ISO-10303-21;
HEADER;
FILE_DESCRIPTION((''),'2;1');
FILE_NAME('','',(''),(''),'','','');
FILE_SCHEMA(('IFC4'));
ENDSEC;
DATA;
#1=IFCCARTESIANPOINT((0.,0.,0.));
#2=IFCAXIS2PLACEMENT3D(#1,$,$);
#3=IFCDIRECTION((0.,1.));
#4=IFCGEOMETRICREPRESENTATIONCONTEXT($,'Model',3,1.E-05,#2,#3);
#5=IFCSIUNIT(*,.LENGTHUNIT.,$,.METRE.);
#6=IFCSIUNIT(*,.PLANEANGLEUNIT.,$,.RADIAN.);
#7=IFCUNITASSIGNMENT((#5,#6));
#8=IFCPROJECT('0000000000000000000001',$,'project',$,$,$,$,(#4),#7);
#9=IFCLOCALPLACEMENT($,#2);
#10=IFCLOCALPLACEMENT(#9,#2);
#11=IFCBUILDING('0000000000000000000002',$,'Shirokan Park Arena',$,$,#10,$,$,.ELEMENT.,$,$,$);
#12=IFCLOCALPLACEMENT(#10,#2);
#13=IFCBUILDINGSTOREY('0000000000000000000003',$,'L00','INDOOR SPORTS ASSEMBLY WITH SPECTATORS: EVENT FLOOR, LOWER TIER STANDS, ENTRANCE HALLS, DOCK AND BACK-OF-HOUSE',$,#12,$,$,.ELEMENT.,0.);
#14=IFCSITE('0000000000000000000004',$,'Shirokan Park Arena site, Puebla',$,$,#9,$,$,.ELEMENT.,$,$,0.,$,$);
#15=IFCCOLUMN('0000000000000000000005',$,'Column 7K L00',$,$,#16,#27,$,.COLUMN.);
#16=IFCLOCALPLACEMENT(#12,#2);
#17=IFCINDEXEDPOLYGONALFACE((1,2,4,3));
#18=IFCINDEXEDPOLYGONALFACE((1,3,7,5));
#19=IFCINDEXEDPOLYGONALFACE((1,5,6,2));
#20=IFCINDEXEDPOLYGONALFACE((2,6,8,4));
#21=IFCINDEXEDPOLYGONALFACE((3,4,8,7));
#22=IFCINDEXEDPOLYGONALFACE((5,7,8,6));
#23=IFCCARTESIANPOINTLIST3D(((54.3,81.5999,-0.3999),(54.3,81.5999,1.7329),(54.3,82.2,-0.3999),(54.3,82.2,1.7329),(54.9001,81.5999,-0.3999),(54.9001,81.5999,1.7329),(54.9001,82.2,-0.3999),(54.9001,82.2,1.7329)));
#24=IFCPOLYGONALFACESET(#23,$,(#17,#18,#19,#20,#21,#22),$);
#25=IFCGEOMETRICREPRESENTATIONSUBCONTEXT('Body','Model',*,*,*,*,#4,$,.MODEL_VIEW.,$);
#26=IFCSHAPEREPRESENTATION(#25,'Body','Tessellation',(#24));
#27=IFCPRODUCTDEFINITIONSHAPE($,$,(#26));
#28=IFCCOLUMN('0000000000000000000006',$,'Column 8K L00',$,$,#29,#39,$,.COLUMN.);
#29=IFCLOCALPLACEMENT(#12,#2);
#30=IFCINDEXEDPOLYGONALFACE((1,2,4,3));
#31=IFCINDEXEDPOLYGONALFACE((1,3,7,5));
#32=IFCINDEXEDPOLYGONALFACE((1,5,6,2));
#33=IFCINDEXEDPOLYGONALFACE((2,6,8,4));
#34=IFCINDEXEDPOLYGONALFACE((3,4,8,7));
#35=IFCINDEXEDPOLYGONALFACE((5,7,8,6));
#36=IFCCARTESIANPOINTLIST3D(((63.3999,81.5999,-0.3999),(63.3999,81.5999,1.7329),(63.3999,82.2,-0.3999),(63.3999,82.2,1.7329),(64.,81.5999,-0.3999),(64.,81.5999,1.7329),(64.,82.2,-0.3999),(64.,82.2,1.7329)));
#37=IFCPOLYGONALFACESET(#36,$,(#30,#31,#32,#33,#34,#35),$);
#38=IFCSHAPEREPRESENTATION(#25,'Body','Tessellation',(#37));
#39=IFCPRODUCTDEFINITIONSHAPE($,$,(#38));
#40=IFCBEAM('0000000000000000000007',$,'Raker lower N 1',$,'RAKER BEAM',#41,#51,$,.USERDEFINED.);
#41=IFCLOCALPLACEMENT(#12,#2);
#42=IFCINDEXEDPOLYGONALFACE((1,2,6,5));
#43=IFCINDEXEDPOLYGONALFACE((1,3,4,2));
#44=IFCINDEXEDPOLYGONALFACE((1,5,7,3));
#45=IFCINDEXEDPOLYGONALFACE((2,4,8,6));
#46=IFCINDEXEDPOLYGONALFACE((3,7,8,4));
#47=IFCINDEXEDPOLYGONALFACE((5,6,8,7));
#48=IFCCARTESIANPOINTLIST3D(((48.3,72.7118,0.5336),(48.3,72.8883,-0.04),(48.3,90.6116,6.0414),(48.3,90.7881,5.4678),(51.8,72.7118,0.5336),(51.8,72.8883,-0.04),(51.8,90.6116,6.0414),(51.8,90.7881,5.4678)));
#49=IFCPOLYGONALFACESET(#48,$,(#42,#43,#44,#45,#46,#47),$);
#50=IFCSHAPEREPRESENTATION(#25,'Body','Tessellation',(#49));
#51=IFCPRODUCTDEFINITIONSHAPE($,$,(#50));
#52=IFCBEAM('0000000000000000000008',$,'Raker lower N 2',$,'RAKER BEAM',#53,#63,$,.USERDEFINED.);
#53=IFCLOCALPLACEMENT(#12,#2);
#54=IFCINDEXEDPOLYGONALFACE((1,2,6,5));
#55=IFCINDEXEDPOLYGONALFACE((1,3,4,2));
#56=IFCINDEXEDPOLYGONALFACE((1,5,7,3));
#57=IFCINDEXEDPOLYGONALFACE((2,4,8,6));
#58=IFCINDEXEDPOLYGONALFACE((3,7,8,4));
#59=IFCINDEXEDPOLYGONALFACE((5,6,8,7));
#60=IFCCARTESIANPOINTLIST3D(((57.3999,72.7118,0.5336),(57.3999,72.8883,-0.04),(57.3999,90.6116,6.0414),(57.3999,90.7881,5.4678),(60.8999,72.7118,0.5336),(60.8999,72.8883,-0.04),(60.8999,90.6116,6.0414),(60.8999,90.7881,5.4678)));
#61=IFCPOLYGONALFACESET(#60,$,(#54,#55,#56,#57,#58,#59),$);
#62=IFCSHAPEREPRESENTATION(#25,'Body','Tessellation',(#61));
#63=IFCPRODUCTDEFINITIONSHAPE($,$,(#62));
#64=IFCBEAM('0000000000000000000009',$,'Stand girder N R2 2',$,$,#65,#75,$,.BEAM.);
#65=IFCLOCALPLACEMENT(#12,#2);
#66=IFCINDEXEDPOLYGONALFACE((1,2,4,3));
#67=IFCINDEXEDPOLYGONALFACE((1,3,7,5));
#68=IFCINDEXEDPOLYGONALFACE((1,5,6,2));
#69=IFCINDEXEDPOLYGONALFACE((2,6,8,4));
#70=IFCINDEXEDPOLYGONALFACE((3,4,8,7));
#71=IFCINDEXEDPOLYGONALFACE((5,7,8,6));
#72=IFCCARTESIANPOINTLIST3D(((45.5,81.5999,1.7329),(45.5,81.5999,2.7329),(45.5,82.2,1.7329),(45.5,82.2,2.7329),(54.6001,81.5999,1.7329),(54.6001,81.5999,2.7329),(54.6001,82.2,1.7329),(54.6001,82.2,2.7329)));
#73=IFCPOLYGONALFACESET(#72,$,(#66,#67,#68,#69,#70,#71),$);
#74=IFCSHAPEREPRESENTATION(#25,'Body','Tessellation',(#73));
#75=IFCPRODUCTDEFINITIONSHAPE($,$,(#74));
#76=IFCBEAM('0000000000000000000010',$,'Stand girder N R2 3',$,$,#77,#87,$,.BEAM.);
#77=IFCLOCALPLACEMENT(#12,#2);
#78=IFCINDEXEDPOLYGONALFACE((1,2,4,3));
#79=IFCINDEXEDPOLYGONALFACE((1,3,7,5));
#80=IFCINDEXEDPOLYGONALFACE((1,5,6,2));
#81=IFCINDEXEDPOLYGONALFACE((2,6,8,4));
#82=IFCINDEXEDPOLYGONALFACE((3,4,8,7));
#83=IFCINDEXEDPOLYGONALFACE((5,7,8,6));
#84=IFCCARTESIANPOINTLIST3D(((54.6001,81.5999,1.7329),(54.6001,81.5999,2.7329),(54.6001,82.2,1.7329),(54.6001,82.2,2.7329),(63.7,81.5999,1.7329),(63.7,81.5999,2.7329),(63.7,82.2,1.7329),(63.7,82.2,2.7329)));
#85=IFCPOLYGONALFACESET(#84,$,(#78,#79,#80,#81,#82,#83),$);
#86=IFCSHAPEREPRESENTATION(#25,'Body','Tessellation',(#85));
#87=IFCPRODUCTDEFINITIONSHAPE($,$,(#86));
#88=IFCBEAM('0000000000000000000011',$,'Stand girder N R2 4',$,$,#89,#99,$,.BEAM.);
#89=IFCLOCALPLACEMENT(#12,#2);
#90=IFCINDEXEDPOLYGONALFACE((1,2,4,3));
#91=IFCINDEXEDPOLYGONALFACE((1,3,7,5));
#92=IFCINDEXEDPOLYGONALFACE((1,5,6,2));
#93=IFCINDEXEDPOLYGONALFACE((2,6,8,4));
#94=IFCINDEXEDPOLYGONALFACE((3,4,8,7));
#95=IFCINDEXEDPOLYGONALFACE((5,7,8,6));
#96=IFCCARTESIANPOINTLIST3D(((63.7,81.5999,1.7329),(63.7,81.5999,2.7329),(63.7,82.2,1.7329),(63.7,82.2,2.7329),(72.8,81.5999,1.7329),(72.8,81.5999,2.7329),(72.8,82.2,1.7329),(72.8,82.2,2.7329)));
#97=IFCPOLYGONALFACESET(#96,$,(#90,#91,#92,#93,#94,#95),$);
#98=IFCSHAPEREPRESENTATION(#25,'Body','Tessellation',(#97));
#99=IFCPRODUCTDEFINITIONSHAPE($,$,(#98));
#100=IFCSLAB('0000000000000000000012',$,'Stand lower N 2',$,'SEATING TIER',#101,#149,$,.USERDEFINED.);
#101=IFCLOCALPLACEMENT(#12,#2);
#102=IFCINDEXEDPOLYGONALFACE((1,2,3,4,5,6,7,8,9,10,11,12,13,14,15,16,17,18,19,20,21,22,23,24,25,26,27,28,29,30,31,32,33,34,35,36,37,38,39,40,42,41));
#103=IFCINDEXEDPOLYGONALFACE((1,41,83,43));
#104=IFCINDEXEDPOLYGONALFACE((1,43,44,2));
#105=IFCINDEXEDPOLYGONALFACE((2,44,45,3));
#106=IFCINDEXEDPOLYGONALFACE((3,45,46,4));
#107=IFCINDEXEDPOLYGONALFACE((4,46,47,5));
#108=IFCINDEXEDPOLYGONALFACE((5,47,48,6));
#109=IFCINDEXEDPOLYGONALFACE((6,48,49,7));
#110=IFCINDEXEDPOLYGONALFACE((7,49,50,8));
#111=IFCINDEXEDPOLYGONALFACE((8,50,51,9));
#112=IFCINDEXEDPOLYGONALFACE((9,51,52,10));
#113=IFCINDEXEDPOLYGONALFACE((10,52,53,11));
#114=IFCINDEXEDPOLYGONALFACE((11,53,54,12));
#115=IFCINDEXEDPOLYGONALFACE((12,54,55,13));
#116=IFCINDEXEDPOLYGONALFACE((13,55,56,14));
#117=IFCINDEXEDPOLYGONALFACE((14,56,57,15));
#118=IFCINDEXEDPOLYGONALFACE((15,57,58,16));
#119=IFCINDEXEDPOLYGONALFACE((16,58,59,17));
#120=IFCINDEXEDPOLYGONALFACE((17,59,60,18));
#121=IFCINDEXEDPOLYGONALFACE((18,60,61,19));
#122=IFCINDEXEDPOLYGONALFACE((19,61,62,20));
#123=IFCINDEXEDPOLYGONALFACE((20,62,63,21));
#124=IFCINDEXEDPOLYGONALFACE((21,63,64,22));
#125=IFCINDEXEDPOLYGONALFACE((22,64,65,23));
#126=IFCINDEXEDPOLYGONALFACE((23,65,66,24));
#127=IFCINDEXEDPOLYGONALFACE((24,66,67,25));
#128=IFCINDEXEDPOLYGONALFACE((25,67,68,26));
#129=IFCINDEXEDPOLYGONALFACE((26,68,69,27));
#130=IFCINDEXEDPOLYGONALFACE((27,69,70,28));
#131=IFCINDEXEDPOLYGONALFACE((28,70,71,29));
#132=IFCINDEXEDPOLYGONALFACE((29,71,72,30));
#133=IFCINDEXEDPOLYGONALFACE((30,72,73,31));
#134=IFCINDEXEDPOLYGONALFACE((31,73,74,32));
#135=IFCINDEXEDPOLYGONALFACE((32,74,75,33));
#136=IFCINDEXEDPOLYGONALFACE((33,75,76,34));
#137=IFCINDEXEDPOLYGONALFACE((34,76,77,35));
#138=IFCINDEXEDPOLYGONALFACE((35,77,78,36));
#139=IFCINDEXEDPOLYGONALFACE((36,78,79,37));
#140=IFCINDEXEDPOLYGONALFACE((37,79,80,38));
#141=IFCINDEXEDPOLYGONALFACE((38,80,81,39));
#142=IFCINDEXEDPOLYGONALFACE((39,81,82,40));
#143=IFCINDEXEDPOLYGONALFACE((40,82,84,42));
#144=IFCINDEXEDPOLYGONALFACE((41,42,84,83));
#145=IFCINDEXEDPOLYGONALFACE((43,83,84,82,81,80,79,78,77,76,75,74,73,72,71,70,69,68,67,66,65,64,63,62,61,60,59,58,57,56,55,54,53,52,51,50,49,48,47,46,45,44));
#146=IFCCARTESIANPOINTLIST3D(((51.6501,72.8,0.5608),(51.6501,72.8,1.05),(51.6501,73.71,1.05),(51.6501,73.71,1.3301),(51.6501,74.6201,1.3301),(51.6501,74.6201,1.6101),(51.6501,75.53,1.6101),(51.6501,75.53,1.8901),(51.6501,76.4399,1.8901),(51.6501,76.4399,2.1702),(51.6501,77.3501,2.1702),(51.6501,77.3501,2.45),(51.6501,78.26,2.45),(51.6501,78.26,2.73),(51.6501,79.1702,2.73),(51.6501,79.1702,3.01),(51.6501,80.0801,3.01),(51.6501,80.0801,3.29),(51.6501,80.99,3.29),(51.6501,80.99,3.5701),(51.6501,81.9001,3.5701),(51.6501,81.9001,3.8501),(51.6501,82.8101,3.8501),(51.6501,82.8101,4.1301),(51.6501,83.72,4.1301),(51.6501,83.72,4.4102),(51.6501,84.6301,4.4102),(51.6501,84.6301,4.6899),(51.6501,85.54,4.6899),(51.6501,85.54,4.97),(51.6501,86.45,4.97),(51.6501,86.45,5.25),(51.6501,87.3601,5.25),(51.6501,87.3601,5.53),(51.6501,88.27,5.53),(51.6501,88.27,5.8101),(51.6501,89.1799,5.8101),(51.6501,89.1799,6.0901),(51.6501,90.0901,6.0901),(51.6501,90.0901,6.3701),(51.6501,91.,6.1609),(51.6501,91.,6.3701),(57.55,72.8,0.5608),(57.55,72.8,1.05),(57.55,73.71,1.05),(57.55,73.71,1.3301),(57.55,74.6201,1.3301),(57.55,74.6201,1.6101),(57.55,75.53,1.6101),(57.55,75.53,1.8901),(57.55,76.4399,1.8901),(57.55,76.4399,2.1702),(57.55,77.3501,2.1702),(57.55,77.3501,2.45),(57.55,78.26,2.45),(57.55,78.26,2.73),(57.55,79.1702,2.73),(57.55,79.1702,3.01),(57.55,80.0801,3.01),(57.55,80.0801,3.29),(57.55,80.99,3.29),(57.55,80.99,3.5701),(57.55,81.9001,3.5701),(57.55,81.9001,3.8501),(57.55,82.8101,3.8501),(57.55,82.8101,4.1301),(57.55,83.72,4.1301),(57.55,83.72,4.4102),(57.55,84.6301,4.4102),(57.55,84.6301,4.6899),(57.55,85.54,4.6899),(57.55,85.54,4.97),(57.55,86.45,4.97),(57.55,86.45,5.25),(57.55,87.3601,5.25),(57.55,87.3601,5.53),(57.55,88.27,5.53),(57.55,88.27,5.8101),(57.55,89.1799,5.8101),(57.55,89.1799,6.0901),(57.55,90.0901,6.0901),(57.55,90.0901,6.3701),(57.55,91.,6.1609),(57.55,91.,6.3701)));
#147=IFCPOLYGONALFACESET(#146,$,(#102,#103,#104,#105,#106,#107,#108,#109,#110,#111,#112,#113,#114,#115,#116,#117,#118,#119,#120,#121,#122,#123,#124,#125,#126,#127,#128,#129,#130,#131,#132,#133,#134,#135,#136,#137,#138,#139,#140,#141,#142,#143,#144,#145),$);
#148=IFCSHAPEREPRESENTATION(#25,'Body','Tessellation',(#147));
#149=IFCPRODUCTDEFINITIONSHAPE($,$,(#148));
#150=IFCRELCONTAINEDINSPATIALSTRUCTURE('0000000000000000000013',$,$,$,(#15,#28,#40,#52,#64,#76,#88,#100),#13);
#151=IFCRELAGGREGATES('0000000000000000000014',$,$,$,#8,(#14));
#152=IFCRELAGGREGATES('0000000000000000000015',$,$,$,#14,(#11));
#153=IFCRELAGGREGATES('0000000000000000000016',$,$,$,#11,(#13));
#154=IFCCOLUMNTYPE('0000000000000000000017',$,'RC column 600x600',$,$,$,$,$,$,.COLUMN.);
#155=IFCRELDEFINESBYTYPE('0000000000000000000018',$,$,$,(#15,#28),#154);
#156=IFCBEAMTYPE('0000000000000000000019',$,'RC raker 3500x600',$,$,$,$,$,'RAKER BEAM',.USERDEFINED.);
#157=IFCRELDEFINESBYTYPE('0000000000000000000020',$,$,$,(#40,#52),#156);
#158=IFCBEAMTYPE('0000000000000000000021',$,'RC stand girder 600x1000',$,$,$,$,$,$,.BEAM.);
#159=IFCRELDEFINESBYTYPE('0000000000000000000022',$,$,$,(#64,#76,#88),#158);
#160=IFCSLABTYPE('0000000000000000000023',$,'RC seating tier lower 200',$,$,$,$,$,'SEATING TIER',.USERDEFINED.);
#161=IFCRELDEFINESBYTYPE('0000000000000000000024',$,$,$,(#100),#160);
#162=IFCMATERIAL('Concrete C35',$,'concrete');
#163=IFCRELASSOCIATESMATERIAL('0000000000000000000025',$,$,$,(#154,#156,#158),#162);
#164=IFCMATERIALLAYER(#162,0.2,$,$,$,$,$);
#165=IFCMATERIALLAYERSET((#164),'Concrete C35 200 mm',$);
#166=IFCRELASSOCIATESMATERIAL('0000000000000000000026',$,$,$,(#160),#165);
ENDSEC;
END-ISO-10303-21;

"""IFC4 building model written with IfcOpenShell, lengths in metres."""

from ifc_helpers import new_model, si_unit, direction, frame, origin, origin_2d, place, context, subcontext, project, spatial, polyline, rectangle, outline, extrude, material, layer, layer_set, material_profile, profile_set, type_object, element, save


model = new_model("IFC4")

# Units and contexts
model_context = context("Model", 3, precision=1e-05, world=origin(), true_north=direction((0.0, 1.0)))
body_context = subcontext(model_context, "Body", "Model", "MODEL_VIEW")
ifc_project = project(units=[si_unit("LENGTHUNIT", "METRE"), si_unit("PLANEANGLEUNIT", "RADIAN")], contexts=[model_context])

# Site, building, storey
site_placement = place(None, origin())
site = spatial("IfcSite", under=ifc_project, at=site_placement, Name="Shirokan Park Arena site, Puebla", CompositionType="ELEMENT", RefElevation=0.0)
building_placement = place(site_placement, origin())
building = spatial("IfcBuilding", under=site, at=building_placement, Name="Shirokan Park Arena", CompositionType="ELEMENT")
storey_placement = place(building_placement, origin())
storey = spatial("IfcBuildingStorey", under=building, at=storey_placement, Name="L00", Description="INDOOR SPORTS ASSEMBLY WITH SPECTATORS: EVENT FLOOR, LOWER TIER STANDS, ENTRANCE HALLS, DOCK AND BACK-OF-HOUSE", CompositionType="ELEMENT", Elevation=0.0)

# Columns
ifc_material_1 = material(Name="Concrete C35", Category="concrete")
ifc_material_profile_1 = material_profile(ifc_material_1, rectangle(XDim=0.6001, YDim=0.6001, at=origin_2d()), Name="600x600")
ifc_profile_set_1 = profile_set([ifc_material_profile_1], Name="Concrete C35")
column_type = type_object("IfcColumnType", Name="RC column 600x600", PredefinedType="COLUMN", material=ifc_profile_set_1)
for number, where, z_axis, x_axis, name in (
    (1, (54.6001, 81.8999, -0.3999), (0.0, 0.0, 1.0), (1.0, 0.0, 0.0), "Column 7K L00"),
    (2, (63.7, 81.8999, -0.3999), (0.0, 0.0, 1.0), (1.0, 0.0, 0.0), "Column 8K L00"),
):
    element("IfcColumn", number, at=place(storey_placement, frame(where, z_axis=z_axis, x_axis=x_axis)), inside=storey, type_object=column_type, Name=name, PredefinedType="COLUMN", context=body_context, shape_type="SweptSolid", body=[
        extrude(rectangle(XDim=0.6001, YDim=0.6001, at=origin_2d()), origin(), (0.0, 0.0, 1.0), 2.1328),
    ])

# Beams
ifc_material_profile_2 = material_profile(ifc_material_1, rectangle(XDim=3.5, YDim=0.6001, at=origin_2d()), Name="3500x600")
ifc_profile_set_2 = profile_set([ifc_material_profile_2], Name="Concrete C35")
beam_type_1 = type_object("IfcBeamType", Name="RC raker 3500x600", ElementType="RAKER BEAM", PredefinedType="USERDEFINED", material=ifc_profile_set_2)
for number, where, z_axis, x_axis, name in (
    (3, (50.05, 72.8, 0.2468), (0.0, 0.955777, 0.294093), (-1.0, 0.0, 0.0), "Raker lower N 1"),
    (4, (59.1499, 72.8, 0.2468), (0.0, 0.955777, 0.294093), (-1.0, 0.0, 0.0), "Raker lower N 2"),
):
    element("IfcBeam", number, at=place(storey_placement, frame(where, z_axis=z_axis, x_axis=x_axis)), inside=storey, type_object=beam_type_1, Name=name, ObjectType="RAKER BEAM", PredefinedType="USERDEFINED", context=body_context, shape_type="SweptSolid", body=[
        extrude(rectangle(XDim=3.5, YDim=0.6001, at=origin_2d()), origin(), (0.0, 0.0, 1.0), 18.728),
    ])
ifc_material_profile_3 = material_profile(ifc_material_1, rectangle(XDim=0.6001, YDim=1.0, at=origin_2d()), Name="600x1000")
ifc_profile_set_3 = profile_set([ifc_material_profile_3], Name="Concrete C35")
beam_type_2 = type_object("IfcBeamType", Name="RC stand girder 600x1000", PredefinedType="BEAM", material=ifc_profile_set_3)
beam_1_placement = place(storey_placement, frame((45.5, 81.8999, 2.2329), z_axis=(1.0, 0.0, 0.0), x_axis=(0.0, 1.0, 0.0)))
element("IfcBeam", 5, at=beam_1_placement, inside=storey, type_object=beam_type_2, Name="Stand girder N R2 2", PredefinedType="BEAM", context=body_context, shape_type="SweptSolid", body=[
    extrude(rectangle(XDim=0.6001, YDim=1.0, at=origin_2d()), origin(), (0.0, 0.0, 1.0), 9.1001),
])
beam_2_placement = place(storey_placement, frame((54.6001, 81.8999, 2.2329), z_axis=(1.0, 0.0, 0.0), x_axis=(0.0, 1.0, 0.0)))
element("IfcBeam", 6, at=beam_2_placement, inside=storey, type_object=beam_type_2, Name="Stand girder N R2 3", PredefinedType="BEAM", context=body_context, shape_type="SweptSolid", body=[
    extrude(rectangle(XDim=0.6001, YDim=1.0, at=origin_2d()), origin(), (0.0, 0.0, 1.0), 9.0999),
])
beam_3_placement = place(storey_placement, frame((63.7, 81.8999, 2.2329), z_axis=(1.0, 0.0, 0.0), x_axis=(0.0, 1.0, 0.0)))
element("IfcBeam", 7, at=beam_3_placement, inside=storey, type_object=beam_type_2, Name="Stand girder N R2 4", PredefinedType="BEAM", context=body_context, shape_type="SweptSolid", body=[
    extrude(rectangle(XDim=0.6001, YDim=1.0, at=origin_2d()), origin(), (0.0, 0.0, 1.0), 9.1001),
])

# Slab
ifc_layer = layer(ifc_material_1, 0.2)
ifc_layer_set = layer_set([ifc_layer], Name="Concrete C35 200 mm")
slab_type = type_object("IfcSlabType", Name="RC seating tier lower 200", ElementType="SEATING TIER", PredefinedType="USERDEFINED", material=ifc_layer_set)
for number, where, z_axis, x_axis, name in (
    (8, (54.6001, 72.8, 1.05), (0.0, 0.0, 1.0), (0.0, 1.0, 0.0), "Stand lower N 2"),
):
    element("IfcSlab", number, at=place(storey_placement, frame(where, z_axis=z_axis, x_axis=x_axis)), inside=storey, type_object=slab_type, Name=name, ObjectType="SEATING TIER", PredefinedType="USERDEFINED", context=body_context, shape_type="SweptSolid", body=[
        extrude(outline(polyline([(0.0, 0.0), (0.9099, 0.0), (0.9099, 0.28), (1.8201, 0.28), (1.8201, 0.5601), (2.73, 0.5601), (2.73, 0.8401), (3.6399, 0.8401), (3.6399, 1.1201), (4.55, 1.1201), (4.55, 1.3999), (5.46, 1.3999), (5.46, 1.6799), (6.3701, 1.6799), (6.3701, 1.96), (7.28, 1.96), (7.28, 2.24), (8.1899, 2.24), (8.1899, 2.52), (9.1001, 2.52), (9.1001, 2.8), (10.01, 2.8), (10.01, 3.0801), (10.9199, 3.0801), (10.9199, 3.3601), (11.8301, 3.3601), (11.8301, 3.6399), (12.74, 3.6399), (12.74, 3.9199), (13.6499, 3.9199), (13.6499, 4.2), (14.5601, 4.2), (14.5601, 4.48), (15.47, 4.48), (15.47, 4.76), (16.3799, 4.76), (16.3799, 5.04), (17.29, 5.04), (17.29, 5.3201), (18.2, 5.3201), (18.2, 5.1108), (0.0, -0.4893), (0.0, 0.0)])), frame((0.0, 2.95, 0.0), z_axis=(0.0, -1.0, 0.0), x_axis=(1.0, 0.0, 0.0)), (0.0, 0.0, 1.0), 5.8999),
    ])

save(model, "model.ifc")
